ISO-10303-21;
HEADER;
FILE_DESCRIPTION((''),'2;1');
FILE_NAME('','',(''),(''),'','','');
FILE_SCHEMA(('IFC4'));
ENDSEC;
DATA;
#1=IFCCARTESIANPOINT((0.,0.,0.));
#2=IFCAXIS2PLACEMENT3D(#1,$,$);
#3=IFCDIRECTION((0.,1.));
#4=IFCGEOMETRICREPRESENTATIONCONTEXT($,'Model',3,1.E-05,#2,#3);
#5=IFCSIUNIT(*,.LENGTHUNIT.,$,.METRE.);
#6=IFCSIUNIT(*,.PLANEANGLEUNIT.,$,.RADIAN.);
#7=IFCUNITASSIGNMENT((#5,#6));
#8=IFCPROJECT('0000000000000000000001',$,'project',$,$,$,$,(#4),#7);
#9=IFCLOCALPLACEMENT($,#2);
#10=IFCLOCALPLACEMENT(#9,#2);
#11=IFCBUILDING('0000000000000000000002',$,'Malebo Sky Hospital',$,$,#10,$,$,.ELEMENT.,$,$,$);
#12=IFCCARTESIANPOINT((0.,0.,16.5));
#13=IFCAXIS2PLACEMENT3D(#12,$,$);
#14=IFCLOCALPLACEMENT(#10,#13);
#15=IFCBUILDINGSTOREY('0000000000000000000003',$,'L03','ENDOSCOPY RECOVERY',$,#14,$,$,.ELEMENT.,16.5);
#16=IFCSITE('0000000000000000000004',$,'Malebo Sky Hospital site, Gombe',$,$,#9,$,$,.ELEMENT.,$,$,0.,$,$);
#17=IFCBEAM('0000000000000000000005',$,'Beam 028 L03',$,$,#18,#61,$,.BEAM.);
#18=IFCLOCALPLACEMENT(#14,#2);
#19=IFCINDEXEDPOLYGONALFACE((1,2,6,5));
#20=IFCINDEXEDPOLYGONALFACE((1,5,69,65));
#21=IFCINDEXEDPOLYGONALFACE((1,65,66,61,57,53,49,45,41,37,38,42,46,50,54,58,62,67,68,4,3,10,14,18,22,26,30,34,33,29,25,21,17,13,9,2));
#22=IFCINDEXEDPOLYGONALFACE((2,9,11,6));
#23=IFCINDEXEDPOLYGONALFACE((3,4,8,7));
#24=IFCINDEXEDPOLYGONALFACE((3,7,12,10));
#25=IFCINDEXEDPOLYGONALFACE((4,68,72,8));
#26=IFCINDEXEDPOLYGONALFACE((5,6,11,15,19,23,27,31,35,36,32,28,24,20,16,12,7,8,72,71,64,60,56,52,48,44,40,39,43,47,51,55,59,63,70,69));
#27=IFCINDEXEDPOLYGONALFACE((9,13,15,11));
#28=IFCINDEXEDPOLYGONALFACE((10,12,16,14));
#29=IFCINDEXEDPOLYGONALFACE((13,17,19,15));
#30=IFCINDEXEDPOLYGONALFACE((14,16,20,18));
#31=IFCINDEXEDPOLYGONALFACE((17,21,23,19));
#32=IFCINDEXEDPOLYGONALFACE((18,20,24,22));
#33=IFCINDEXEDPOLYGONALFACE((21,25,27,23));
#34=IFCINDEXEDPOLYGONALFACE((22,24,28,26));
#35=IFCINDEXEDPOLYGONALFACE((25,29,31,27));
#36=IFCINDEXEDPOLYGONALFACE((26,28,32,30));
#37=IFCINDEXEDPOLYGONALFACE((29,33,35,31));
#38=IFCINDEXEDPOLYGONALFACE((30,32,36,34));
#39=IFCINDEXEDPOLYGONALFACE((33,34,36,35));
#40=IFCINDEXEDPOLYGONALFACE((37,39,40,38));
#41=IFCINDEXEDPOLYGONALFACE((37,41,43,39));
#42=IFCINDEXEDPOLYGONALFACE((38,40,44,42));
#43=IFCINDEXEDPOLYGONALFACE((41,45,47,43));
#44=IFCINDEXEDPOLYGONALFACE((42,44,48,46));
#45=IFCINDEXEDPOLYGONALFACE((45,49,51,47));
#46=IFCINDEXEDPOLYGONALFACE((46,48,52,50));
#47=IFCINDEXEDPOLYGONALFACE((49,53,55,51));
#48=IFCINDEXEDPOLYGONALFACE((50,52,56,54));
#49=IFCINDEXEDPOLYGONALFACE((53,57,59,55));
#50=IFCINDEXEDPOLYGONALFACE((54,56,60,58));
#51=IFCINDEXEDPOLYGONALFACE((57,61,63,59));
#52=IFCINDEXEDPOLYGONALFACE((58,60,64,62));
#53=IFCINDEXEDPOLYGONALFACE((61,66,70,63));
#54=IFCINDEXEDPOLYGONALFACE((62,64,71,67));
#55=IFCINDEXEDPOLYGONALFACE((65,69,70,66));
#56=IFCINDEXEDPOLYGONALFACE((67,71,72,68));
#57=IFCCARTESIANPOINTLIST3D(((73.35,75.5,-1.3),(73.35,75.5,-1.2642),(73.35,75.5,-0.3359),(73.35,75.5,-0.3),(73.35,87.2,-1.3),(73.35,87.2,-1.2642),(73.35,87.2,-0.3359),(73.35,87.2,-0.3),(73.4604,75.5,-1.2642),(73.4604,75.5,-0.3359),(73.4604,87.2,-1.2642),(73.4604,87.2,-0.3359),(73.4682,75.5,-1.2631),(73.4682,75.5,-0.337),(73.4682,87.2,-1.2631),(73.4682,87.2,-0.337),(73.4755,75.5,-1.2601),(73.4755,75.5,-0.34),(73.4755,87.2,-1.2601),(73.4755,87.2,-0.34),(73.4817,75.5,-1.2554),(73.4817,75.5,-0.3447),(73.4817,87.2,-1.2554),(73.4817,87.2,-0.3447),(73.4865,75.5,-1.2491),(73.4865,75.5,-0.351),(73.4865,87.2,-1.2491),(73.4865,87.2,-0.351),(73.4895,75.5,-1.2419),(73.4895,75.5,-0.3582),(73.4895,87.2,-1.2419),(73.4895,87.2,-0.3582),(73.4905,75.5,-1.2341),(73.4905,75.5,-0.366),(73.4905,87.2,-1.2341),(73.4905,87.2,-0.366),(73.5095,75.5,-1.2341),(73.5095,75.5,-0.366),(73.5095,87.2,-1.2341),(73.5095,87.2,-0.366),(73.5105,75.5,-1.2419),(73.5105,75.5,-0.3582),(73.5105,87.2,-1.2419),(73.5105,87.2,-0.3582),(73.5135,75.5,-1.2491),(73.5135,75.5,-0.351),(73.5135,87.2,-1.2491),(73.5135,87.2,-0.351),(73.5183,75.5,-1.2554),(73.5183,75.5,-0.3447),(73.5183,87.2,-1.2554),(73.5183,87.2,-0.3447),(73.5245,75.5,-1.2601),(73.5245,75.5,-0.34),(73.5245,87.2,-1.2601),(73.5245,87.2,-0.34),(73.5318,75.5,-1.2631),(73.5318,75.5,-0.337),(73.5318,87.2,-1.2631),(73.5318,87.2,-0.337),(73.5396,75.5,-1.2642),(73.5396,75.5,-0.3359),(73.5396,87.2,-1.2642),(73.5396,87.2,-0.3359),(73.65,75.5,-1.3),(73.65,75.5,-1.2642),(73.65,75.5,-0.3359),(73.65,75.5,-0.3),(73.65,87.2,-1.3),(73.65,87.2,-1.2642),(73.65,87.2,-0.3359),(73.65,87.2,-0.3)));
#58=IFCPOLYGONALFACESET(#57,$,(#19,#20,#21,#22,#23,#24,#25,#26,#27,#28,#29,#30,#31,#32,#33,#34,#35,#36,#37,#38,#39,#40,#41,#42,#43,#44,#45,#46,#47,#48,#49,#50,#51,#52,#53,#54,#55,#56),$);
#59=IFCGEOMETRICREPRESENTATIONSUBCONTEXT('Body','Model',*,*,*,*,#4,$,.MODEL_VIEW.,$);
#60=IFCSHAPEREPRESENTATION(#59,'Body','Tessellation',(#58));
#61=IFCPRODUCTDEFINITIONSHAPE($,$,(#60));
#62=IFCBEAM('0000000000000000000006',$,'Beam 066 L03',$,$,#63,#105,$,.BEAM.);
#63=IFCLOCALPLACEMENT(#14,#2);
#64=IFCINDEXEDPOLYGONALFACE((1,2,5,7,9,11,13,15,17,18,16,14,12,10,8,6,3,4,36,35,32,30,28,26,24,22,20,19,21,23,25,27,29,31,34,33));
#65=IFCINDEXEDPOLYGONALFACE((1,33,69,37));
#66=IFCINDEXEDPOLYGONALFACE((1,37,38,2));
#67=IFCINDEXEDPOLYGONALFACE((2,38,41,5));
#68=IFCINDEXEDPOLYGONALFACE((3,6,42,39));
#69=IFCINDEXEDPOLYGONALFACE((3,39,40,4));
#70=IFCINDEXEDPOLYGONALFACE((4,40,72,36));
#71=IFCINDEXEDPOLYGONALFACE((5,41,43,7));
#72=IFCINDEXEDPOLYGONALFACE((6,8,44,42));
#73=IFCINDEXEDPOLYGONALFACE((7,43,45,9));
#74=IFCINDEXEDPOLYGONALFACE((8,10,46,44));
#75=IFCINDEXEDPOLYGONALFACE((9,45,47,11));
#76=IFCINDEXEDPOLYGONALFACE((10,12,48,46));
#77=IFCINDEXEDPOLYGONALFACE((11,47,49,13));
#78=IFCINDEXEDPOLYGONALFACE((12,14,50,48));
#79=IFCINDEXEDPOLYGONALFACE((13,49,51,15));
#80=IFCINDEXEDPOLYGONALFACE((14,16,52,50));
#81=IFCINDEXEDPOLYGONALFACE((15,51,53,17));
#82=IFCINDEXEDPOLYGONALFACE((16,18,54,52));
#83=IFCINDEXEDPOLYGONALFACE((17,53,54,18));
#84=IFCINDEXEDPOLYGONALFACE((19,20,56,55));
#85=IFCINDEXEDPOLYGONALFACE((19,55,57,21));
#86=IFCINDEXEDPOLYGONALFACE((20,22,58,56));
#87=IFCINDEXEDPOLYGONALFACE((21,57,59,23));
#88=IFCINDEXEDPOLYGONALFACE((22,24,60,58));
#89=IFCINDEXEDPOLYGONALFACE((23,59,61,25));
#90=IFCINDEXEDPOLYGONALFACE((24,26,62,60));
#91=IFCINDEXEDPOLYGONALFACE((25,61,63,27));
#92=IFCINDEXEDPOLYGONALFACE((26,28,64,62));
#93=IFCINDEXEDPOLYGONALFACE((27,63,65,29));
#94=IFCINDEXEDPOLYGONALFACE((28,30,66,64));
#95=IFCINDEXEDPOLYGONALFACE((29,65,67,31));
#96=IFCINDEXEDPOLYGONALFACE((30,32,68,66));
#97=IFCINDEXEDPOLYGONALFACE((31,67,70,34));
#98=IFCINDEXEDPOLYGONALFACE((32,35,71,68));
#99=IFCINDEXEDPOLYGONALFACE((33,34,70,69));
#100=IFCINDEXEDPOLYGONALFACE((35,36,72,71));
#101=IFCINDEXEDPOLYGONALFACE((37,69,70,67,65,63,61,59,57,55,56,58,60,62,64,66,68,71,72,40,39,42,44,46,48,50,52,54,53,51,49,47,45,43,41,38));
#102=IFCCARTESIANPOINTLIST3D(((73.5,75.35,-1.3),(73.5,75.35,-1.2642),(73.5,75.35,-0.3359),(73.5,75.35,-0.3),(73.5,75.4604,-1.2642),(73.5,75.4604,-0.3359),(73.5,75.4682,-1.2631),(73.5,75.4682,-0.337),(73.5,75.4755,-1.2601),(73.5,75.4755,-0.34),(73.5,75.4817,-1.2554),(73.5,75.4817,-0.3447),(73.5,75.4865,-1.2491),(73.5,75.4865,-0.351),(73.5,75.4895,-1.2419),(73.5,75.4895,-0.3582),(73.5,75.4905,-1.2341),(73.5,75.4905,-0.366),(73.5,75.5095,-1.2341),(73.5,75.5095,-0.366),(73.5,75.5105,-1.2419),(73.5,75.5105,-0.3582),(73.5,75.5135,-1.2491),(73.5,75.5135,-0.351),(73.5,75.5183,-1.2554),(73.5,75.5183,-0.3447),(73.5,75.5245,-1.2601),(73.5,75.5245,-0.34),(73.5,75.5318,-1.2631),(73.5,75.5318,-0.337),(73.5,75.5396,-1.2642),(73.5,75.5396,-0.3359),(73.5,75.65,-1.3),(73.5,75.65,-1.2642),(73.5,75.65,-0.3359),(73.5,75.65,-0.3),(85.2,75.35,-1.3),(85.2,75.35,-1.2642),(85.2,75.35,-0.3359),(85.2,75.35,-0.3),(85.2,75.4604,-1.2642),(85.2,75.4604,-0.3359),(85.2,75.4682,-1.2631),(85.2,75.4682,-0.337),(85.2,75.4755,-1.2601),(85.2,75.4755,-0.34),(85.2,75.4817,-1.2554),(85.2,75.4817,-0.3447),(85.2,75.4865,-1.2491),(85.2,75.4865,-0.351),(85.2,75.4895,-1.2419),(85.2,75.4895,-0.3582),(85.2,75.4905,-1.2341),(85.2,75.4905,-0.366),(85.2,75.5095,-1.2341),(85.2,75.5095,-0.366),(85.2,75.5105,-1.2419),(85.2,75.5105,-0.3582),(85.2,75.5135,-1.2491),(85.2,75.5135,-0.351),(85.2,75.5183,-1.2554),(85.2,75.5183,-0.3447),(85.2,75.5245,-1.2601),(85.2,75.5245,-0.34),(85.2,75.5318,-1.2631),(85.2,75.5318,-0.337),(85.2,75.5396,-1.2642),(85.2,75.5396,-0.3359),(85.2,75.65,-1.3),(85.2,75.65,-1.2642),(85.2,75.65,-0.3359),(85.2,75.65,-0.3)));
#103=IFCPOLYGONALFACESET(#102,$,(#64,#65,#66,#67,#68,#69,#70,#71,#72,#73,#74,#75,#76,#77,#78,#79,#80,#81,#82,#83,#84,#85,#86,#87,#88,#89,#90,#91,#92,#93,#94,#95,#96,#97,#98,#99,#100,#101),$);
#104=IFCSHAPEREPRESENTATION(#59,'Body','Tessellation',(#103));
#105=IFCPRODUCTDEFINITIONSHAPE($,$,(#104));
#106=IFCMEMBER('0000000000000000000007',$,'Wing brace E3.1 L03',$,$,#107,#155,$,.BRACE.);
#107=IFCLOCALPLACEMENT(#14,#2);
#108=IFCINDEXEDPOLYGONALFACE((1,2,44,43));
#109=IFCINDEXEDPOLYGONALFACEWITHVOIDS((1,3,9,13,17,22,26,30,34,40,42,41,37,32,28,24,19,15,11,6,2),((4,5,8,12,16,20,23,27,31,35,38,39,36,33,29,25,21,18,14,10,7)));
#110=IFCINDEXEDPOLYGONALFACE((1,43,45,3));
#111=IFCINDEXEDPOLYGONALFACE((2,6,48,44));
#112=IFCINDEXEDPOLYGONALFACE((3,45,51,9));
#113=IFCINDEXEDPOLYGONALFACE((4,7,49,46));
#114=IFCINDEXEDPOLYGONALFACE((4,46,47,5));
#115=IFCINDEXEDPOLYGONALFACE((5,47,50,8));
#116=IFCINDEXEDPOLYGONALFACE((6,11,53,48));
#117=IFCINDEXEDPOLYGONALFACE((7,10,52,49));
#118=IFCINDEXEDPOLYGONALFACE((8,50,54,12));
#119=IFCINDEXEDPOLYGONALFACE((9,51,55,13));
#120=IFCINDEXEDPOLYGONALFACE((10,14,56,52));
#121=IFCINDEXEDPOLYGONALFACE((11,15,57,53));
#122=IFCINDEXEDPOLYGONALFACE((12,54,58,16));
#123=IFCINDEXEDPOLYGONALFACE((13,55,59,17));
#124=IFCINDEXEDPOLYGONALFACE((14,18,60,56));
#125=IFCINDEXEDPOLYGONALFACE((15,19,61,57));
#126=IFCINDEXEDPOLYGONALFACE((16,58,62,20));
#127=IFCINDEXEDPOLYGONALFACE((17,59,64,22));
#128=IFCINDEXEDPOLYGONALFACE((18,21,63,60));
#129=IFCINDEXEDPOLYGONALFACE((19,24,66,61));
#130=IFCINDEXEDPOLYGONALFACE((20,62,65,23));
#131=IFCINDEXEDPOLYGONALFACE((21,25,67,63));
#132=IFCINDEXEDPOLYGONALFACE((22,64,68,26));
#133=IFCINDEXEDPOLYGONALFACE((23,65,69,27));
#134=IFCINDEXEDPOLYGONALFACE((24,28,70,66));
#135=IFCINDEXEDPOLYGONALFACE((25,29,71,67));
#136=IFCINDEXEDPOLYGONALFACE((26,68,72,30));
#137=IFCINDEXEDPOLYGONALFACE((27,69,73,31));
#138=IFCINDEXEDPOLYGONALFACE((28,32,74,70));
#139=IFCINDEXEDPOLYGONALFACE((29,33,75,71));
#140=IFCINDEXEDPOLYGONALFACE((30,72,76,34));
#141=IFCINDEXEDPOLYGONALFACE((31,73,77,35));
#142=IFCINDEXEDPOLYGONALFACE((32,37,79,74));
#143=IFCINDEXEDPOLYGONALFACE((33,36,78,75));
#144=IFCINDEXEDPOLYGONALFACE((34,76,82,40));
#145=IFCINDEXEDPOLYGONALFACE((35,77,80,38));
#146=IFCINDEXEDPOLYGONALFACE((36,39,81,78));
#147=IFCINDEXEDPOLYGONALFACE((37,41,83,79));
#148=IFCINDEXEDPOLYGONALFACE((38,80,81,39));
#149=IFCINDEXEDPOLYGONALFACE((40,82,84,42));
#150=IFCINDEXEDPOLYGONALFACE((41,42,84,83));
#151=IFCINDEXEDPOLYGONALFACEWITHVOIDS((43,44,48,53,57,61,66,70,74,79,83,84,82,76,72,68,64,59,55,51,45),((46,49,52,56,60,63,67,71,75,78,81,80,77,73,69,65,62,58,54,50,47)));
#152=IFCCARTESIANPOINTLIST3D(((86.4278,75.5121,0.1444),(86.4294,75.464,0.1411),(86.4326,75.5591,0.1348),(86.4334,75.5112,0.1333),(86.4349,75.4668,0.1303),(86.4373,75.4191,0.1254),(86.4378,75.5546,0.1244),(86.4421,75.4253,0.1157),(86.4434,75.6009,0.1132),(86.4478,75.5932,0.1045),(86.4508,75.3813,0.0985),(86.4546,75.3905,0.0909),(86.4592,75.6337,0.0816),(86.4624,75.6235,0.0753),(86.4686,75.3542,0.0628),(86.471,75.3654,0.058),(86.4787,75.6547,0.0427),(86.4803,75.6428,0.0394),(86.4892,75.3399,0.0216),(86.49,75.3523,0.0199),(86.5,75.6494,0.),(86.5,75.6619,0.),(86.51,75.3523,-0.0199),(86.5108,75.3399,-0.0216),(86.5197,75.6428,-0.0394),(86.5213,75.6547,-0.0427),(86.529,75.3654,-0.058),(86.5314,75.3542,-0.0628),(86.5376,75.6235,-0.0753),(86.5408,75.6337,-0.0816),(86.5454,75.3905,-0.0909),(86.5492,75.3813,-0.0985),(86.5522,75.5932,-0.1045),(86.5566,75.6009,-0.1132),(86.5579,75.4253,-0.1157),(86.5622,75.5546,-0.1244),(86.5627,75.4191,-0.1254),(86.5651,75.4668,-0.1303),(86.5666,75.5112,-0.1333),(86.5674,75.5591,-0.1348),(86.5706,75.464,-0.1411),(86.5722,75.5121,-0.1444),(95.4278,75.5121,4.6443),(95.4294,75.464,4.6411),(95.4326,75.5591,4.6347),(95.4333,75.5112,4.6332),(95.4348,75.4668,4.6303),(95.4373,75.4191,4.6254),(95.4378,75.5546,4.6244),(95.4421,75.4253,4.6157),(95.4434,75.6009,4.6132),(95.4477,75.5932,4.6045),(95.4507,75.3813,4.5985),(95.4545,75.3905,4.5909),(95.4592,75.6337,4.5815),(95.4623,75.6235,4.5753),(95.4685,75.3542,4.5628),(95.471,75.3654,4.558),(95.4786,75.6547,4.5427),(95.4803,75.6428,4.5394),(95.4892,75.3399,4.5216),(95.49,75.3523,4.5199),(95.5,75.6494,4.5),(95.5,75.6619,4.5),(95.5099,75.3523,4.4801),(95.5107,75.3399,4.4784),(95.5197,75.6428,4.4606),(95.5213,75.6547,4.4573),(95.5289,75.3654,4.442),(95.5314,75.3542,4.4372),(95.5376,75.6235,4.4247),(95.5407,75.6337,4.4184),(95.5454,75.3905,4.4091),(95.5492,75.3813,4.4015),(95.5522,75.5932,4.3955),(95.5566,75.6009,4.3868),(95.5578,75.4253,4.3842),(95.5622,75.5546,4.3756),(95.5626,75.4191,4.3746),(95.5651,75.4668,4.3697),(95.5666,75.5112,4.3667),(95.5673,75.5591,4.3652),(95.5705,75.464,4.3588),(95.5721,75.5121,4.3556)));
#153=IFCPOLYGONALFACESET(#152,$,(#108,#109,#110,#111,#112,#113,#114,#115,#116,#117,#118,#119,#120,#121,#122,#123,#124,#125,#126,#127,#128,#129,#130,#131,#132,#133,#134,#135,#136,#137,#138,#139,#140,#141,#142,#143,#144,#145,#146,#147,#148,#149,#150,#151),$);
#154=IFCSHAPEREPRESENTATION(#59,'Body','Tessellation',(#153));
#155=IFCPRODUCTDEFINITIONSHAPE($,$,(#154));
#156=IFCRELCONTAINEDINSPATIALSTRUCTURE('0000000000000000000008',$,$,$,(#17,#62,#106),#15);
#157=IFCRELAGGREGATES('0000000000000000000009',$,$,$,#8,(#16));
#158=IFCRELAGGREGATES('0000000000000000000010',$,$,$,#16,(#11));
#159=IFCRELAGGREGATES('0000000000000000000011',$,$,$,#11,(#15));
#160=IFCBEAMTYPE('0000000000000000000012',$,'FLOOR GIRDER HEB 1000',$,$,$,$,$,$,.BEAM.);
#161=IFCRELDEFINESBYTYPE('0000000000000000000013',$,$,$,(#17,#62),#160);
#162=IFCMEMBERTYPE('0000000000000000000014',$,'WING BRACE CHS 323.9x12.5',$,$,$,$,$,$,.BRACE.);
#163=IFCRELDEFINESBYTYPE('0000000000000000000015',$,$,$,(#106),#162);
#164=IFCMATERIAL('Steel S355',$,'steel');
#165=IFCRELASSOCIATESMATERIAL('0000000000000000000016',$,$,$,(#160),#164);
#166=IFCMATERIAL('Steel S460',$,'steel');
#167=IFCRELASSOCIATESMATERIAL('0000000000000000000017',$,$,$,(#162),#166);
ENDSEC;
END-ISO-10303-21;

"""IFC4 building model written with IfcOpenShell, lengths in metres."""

from ifc_helpers import new_model, si_unit, direction, frame, origin, origin_2d, place, context, subcontext, project, spatial, hollow_circle, i_section, extrude, material, material_profile, profile_set, type_object, element, save


model = new_model("IFC4")

# Units and contexts
model_context = context("Model", 3, precision=1e-05, world=origin(), true_north=direction((0.0, 1.0)))
body_context = subcontext(model_context, "Body", "Model", "MODEL_VIEW")
ifc_project = project(units=[si_unit("LENGTHUNIT", "METRE"), si_unit("PLANEANGLEUNIT", "RADIAN")], contexts=[model_context])

# Site, building, storey
site_placement = place(None, origin())
site = spatial("IfcSite", under=ifc_project, at=site_placement, Name="Malebo Sky Hospital site, Gombe", CompositionType="ELEMENT", RefElevation=0.0)
building_placement = place(site_placement, origin())
building = spatial("IfcBuilding", under=site, at=building_placement, Name="Malebo Sky Hospital", CompositionType="ELEMENT")
storey_placement = place(building_placement, frame((0.0, 0.0, 16.5)))
storey = spatial("IfcBuildingStorey", under=building, at=storey_placement, Name="L03", Description="ENDOSCOPY RECOVERY", CompositionType="ELEMENT", Elevation=16.5)

# Shared definitions
ifc_material_1 = material(Name="Steel S460", Category="steel")
ifc_material_2 = material(Name="Steel S355", Category="steel")

# Beams
ifc_material_profile_1 = material_profile(ifc_material_2, i_section(OverallWidth=0.3, OverallDepth=1.0, WebThickness=0.019, FlangeThickness=0.0359, FilletRadius=0.03, at=origin_2d()), Name="HEB 1000")
ifc_profile_set_1 = profile_set([ifc_material_profile_1], Name="Steel S355")
beam_type_1 = type_object("IfcBeamType", Name="FLOOR GIRDER HEB 1000", PredefinedType="BEAM", material=ifc_profile_set_1)
for number, where, z_axis, x_axis, name in (
    (1, (73.5, 75.5, -0.8), (0.0, 1.0, 0.0), (-1.0, 0.0, 0.0), "Beam 028 L03"),
    (2, (73.5, 75.5, -0.8), (1.0, 0.0, 0.0), (0.0, 1.0, 0.0), "Beam 066 L03"),
):
    element("IfcBeam", number, at=place(storey_placement, frame(where, z_axis=z_axis, x_axis=x_axis)), inside=storey, type_object=beam_type_1, Name=name, PredefinedType="BEAM", context=body_context, shape_type="SweptSolid", body=[
        extrude(i_section(OverallWidth=0.3, OverallDepth=1.0, WebThickness=0.019, FlangeThickness=0.0359, FilletRadius=0.03, at=origin_2d()), origin(), (0.0, 0.0, 1.0), 11.7),
    ])

# Member
ifc_material_profile_2 = material_profile(ifc_material_1, hollow_circle(Radius=0.1619, WallThickness=0.0125, at=origin_2d()), Name="CHS 323.9x12.5")
ifc_profile_set_2 = profile_set([ifc_material_profile_2], Name="Steel S460")
member_type = type_object("IfcMemberType", Name="WING BRACE CHS 323.9x12.5", PredefinedType="BRACE", material=ifc_profile_set_2)
member_placement = place(storey_placement, frame((86.5, 75.5, 0.0), z_axis=(0.894427, 0.0, 0.447214), x_axis=(0.0, 1.0, 0.0)))
element("IfcMember", 3, at=member_placement, inside=storey, type_object=member_type, Name="Wing brace E3.1 L03", PredefinedType="BRACE", context=body_context, shape_type="SweptSolid", body=[
    extrude(hollow_circle(Radius=0.1619, WallThickness=0.0125, at=origin_2d()), origin(), (0.0, 0.0, 1.0), 10.0623),
])

save(model, "model.ifc")
